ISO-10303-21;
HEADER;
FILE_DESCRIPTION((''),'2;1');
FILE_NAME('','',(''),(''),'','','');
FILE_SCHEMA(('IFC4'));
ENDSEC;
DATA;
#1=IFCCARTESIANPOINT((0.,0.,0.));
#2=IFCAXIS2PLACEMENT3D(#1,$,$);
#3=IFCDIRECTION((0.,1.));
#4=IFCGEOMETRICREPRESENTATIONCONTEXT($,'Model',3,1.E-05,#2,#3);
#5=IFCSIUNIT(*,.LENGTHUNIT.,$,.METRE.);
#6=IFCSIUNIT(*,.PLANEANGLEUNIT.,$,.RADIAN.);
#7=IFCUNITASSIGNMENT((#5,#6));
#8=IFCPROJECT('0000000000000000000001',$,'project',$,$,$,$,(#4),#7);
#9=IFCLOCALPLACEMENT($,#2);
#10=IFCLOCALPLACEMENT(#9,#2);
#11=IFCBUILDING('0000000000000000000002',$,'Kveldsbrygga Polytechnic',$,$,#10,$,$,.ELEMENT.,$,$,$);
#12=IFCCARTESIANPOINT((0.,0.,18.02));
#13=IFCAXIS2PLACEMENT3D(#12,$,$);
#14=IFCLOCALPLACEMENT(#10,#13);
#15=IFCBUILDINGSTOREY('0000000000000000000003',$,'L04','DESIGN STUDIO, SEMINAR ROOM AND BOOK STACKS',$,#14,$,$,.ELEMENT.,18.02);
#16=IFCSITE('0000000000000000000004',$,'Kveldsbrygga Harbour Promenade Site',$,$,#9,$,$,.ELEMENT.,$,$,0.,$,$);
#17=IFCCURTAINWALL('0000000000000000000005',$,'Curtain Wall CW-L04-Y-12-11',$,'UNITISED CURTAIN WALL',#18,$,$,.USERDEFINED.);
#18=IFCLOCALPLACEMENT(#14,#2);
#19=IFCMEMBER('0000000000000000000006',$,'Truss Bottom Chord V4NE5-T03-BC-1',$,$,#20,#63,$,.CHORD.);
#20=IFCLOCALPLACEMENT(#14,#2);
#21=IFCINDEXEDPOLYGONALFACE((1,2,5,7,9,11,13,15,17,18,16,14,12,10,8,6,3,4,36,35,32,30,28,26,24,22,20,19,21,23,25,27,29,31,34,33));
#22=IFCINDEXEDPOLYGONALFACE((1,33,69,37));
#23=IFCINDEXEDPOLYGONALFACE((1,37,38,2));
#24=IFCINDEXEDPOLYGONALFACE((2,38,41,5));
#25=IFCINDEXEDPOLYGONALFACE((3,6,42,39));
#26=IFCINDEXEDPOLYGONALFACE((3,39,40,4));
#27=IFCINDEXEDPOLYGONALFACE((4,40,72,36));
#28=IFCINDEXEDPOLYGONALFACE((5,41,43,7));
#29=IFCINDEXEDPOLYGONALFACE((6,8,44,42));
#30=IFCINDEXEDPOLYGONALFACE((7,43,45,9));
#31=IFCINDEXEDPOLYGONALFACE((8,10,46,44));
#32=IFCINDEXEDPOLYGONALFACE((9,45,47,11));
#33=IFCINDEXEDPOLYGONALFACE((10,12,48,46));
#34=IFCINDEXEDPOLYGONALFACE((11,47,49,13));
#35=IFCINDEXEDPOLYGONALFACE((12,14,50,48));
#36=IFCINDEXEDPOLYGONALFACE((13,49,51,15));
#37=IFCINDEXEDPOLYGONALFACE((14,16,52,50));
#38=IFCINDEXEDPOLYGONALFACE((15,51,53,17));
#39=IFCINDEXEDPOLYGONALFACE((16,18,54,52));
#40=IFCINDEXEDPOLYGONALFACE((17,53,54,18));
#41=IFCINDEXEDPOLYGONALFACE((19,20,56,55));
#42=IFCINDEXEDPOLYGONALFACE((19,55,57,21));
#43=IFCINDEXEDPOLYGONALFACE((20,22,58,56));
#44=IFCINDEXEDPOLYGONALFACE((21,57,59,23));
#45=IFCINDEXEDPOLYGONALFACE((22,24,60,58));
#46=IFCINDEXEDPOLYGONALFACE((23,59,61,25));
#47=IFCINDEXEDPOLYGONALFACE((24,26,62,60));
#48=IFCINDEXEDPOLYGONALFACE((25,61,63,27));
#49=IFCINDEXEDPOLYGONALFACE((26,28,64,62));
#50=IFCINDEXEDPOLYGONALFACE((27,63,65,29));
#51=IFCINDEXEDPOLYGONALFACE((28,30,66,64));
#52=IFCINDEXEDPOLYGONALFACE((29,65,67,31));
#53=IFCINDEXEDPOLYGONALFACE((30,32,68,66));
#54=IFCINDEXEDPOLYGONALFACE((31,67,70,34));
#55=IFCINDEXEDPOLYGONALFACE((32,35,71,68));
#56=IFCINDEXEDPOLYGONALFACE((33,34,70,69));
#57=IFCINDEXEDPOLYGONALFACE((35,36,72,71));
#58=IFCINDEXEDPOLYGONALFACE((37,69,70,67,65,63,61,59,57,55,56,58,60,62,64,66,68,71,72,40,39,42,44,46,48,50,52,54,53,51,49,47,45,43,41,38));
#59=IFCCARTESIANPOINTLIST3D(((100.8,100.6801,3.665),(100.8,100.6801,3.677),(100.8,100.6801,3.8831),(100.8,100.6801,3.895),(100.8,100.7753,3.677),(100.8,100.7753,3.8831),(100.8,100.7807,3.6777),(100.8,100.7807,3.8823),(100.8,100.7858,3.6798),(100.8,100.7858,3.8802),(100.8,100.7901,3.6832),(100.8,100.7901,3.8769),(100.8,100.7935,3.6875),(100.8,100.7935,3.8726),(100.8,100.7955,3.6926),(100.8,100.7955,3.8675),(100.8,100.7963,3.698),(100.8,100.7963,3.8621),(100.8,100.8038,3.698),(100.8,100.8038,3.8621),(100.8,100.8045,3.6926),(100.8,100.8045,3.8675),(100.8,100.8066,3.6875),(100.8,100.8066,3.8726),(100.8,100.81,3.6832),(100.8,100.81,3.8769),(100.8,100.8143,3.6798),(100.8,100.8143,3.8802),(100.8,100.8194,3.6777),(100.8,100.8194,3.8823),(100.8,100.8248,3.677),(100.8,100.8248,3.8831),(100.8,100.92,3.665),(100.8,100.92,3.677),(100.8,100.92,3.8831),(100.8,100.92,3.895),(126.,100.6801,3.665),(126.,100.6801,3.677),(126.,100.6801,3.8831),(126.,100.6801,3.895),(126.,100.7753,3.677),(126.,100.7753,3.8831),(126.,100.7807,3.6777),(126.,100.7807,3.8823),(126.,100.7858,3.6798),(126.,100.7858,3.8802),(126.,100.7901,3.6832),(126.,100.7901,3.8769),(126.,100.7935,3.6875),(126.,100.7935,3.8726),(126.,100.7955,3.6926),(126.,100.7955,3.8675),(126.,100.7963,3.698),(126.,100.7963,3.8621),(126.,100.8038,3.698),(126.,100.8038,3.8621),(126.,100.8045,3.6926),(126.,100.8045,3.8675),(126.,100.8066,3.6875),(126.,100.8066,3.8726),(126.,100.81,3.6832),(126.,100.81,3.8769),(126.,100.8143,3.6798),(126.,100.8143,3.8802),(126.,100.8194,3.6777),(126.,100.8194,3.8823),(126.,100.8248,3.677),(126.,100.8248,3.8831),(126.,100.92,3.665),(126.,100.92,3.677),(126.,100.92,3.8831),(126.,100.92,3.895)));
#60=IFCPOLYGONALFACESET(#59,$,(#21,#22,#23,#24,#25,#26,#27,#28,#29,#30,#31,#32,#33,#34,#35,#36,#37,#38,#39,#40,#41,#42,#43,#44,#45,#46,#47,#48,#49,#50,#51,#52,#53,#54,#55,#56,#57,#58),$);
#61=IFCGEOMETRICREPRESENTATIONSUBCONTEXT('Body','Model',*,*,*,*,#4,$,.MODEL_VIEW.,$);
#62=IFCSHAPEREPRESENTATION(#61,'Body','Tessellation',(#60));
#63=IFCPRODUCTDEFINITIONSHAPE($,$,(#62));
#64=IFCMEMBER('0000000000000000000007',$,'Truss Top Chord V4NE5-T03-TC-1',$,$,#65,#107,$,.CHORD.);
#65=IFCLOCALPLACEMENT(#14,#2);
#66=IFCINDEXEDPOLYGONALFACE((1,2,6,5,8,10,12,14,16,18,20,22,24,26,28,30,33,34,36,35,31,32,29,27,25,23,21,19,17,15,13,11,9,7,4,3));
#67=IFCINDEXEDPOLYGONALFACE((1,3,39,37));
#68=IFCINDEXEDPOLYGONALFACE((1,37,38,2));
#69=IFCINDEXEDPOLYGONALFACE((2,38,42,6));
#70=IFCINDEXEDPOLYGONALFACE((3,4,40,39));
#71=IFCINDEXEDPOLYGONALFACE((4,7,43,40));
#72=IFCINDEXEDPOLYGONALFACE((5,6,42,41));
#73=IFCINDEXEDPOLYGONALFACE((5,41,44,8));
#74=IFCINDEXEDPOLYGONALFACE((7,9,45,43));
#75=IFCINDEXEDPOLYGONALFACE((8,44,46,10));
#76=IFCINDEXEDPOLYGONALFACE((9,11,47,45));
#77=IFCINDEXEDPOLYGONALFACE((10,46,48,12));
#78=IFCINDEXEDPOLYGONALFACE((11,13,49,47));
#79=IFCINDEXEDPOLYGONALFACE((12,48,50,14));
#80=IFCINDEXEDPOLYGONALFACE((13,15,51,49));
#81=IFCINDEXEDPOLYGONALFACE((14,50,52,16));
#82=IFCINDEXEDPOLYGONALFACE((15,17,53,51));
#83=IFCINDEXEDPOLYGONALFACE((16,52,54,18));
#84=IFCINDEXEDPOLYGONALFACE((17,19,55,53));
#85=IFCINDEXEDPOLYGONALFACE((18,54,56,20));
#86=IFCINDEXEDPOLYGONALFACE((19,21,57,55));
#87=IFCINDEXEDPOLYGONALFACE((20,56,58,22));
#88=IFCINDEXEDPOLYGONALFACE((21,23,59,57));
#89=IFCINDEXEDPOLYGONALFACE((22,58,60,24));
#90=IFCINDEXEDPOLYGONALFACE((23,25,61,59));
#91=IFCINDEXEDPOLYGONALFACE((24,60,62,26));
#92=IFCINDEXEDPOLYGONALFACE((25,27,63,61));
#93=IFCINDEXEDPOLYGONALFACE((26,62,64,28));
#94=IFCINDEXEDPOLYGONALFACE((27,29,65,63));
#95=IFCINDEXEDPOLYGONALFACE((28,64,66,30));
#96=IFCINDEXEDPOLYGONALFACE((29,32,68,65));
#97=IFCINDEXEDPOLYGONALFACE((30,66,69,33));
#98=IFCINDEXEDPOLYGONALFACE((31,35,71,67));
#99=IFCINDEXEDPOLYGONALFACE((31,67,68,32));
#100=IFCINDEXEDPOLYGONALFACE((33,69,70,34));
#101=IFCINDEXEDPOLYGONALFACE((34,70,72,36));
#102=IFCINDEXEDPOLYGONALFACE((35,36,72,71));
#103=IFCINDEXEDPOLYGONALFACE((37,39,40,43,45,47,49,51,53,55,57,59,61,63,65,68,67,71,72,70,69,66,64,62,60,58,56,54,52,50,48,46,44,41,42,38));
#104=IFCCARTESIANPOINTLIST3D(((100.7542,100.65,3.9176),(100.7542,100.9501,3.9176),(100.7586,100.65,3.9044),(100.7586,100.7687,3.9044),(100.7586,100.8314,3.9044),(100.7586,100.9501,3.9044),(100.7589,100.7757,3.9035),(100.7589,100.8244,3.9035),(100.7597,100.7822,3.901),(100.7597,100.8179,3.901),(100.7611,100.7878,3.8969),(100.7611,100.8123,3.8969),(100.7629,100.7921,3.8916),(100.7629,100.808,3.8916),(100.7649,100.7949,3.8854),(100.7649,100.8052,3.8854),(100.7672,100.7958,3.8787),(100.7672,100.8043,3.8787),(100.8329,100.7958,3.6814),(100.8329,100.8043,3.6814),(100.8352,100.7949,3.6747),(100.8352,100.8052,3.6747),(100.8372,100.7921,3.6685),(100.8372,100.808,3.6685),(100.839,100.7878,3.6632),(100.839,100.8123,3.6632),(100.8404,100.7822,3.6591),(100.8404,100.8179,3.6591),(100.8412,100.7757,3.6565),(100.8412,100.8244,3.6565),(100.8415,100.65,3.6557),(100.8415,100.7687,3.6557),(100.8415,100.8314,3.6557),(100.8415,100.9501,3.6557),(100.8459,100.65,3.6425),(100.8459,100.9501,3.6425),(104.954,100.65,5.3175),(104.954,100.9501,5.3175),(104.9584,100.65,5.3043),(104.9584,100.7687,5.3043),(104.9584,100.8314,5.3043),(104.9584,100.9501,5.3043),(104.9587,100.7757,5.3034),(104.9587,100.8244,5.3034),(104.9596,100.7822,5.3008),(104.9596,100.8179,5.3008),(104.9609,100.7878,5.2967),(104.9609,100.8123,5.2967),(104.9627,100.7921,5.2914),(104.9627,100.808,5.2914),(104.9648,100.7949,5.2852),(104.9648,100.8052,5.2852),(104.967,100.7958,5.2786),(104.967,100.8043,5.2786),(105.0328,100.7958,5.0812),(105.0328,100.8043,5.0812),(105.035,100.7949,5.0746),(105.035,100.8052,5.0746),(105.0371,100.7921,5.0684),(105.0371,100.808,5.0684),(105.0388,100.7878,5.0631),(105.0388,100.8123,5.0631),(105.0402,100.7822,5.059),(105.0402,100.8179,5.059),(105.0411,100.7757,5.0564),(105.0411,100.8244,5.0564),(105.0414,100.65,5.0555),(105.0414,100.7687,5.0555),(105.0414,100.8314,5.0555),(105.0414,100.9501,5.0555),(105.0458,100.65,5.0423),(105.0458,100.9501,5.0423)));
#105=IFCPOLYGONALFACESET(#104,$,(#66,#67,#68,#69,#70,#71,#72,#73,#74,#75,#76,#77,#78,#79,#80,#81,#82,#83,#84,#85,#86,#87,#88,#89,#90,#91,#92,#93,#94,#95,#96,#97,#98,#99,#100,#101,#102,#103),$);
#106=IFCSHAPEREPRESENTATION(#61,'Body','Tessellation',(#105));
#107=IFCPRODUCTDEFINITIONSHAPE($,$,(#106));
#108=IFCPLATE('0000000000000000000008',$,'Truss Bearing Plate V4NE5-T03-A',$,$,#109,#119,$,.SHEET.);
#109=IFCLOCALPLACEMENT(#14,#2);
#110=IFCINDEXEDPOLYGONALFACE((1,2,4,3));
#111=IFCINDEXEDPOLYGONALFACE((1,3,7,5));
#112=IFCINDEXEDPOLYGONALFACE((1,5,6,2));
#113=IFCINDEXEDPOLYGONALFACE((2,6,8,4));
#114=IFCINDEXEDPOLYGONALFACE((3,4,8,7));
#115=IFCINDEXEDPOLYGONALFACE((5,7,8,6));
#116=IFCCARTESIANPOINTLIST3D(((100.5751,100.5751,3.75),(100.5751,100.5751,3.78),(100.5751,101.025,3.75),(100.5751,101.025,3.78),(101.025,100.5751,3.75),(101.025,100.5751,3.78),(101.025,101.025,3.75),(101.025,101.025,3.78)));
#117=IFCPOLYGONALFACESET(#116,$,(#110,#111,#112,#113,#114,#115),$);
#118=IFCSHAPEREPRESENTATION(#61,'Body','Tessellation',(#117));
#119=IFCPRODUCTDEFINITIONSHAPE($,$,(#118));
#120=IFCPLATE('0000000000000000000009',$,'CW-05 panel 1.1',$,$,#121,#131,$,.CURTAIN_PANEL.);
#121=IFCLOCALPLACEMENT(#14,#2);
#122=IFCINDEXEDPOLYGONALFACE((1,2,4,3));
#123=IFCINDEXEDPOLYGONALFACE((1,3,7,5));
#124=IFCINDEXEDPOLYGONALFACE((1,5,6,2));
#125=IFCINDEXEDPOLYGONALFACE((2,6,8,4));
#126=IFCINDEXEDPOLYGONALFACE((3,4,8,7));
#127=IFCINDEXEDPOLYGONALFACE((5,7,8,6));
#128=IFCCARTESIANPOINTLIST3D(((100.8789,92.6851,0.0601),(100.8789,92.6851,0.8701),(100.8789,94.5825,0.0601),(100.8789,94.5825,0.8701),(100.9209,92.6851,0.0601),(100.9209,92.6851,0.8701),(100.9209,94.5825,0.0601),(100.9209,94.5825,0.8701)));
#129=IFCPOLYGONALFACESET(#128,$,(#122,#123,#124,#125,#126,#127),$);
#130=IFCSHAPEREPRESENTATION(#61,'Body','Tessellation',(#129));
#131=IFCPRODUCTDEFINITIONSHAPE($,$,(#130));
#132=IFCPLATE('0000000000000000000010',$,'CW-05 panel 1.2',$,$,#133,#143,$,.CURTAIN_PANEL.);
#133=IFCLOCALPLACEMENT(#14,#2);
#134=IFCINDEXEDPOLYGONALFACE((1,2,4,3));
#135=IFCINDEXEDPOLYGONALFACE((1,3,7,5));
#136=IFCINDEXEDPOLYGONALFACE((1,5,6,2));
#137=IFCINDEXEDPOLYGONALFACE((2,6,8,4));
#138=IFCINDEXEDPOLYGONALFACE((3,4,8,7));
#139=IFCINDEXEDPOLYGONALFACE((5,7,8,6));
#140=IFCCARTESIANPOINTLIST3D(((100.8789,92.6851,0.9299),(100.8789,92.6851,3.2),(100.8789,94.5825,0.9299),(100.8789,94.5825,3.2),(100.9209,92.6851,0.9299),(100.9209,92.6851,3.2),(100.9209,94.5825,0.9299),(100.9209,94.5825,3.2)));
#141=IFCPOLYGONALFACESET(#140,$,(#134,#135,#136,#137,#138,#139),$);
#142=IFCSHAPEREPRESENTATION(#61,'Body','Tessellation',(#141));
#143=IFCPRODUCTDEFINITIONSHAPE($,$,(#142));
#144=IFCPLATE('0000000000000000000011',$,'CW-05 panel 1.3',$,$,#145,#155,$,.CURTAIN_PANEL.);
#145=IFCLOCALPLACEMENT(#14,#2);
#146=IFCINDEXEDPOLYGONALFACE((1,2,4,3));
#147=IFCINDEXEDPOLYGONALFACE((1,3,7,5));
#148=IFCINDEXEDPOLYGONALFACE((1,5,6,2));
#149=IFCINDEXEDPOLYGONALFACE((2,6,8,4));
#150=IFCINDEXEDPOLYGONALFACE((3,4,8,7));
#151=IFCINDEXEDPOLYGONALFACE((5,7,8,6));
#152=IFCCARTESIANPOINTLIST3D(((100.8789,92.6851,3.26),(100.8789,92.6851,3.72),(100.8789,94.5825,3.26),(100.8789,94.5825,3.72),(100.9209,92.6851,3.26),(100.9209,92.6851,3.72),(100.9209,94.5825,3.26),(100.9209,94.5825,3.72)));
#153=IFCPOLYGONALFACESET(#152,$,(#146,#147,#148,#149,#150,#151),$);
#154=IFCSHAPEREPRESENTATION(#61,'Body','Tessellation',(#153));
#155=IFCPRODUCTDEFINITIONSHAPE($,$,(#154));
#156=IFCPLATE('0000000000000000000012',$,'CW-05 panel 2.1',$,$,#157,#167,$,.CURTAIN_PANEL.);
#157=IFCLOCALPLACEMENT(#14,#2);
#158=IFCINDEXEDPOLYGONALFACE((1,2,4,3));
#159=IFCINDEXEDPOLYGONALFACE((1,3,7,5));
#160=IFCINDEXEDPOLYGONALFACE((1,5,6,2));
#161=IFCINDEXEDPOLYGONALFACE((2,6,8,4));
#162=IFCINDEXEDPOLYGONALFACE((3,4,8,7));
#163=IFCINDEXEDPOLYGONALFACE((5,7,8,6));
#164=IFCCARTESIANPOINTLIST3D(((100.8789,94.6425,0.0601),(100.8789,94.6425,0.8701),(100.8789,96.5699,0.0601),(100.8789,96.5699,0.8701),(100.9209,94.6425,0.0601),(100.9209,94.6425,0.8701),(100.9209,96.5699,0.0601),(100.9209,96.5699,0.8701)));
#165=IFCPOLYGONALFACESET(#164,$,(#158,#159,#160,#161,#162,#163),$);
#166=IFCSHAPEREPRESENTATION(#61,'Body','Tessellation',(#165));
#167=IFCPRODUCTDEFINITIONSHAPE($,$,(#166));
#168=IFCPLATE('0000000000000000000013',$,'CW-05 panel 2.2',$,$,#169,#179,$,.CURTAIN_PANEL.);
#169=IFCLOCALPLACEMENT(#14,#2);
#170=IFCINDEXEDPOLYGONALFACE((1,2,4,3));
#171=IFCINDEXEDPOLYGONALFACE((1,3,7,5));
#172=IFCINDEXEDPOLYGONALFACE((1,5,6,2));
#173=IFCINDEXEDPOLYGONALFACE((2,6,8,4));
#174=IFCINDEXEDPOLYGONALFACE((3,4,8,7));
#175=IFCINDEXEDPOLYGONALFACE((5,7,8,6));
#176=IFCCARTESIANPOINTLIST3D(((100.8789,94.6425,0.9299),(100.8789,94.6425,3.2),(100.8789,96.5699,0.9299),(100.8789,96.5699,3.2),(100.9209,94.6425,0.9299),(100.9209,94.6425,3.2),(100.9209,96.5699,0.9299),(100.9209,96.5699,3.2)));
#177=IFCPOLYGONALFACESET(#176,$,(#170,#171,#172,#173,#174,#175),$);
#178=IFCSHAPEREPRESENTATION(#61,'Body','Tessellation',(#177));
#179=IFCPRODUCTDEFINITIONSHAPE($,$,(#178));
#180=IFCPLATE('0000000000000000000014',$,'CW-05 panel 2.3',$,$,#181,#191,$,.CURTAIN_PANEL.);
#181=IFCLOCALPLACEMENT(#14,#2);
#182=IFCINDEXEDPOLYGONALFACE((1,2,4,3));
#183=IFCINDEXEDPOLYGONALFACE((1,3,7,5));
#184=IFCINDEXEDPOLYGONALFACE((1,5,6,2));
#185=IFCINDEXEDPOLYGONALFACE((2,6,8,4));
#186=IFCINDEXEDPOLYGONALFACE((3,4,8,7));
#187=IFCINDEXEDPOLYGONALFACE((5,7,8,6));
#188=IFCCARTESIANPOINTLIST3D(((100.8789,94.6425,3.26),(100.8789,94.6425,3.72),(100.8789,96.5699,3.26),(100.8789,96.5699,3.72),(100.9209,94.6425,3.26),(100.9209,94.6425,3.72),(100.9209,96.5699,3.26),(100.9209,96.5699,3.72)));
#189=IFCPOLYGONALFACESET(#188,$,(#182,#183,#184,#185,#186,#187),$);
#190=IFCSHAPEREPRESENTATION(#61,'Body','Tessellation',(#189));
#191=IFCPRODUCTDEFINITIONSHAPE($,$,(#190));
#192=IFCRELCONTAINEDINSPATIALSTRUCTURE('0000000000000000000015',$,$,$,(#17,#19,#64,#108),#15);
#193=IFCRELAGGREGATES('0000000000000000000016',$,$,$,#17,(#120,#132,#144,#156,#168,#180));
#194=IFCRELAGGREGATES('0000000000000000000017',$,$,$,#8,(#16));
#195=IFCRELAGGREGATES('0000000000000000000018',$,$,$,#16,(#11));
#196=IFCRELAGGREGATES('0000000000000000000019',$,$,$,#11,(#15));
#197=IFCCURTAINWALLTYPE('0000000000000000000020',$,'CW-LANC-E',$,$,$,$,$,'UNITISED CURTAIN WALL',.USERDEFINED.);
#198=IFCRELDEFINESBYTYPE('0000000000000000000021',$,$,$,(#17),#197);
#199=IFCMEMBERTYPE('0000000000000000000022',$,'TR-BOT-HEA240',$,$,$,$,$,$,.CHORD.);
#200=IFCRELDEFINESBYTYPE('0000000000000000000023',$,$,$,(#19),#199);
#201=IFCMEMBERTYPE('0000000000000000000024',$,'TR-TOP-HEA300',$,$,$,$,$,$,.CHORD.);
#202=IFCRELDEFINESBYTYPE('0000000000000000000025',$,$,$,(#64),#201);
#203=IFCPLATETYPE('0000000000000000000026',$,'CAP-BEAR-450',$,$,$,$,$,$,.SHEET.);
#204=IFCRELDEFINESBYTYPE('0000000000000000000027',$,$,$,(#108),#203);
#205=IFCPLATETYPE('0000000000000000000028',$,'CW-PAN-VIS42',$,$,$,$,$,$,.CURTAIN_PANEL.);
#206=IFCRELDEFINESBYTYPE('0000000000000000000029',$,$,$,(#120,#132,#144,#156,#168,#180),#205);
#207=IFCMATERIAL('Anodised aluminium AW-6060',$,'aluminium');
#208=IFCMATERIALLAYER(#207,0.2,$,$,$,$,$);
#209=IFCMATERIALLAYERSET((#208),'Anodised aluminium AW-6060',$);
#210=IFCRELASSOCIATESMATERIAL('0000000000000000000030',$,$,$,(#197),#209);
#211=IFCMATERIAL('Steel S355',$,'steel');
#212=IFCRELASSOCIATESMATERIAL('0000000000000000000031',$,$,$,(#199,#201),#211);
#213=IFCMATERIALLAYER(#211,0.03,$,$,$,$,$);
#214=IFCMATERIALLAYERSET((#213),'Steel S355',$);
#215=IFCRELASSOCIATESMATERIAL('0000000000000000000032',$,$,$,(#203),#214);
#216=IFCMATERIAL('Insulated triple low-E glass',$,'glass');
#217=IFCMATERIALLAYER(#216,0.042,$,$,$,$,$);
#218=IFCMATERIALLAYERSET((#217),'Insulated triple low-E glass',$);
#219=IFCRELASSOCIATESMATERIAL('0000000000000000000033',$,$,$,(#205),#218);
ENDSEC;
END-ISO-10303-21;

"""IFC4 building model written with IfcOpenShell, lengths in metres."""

from ifc_helpers import new_model, si_unit, direction, frame, origin, origin_2d, place, context, subcontext, project, spatial, rectangle, i_section, extrude, material, layer, layer_set, material_profile, profile_set, type_object, element, aggregate, save


model = new_model("IFC4")

# Units and contexts
model_context = context("Model", 3, precision=1e-05, world=origin(), true_north=direction((0.0, 1.0)))
body_context = subcontext(model_context, "Body", "Model", "MODEL_VIEW")
ifc_project = project(units=[si_unit("LENGTHUNIT", "METRE"), si_unit("PLANEANGLEUNIT", "RADIAN")], contexts=[model_context])

# Site, building, storey
site_placement = place(None, origin())
site = spatial("IfcSite", under=ifc_project, at=site_placement, Name="Kveldsbrygga Harbour Promenade Site", CompositionType="ELEMENT", RefElevation=0.0)
building_placement = place(site_placement, origin())
building = spatial("IfcBuilding", under=site, at=building_placement, Name="Kveldsbrygga Polytechnic", CompositionType="ELEMENT")
storey_placement = place(building_placement, frame((0.0, 0.0, 18.02)))
storey = spatial("IfcBuildingStorey", under=building, at=storey_placement, Name="L04", Description="DESIGN STUDIO, SEMINAR ROOM AND BOOK STACKS", CompositionType="ELEMENT", Elevation=18.02)

# Curtain wall
ifc_material_1 = material(Name="Anodised aluminium AW-6060", Category="aluminium")
ifc_layer_1 = layer(ifc_material_1, 0.2)
ifc_layer_set_1 = layer_set([ifc_layer_1], Name="Anodised aluminium AW-6060")
curtain_wall_type = type_object("IfcCurtainWallType", Name="CW-LANC-E", ElementType="UNITISED CURTAIN WALL", PredefinedType="USERDEFINED", material=ifc_layer_set_1)
curtain_wall_placement = place(storey_placement, origin())
curtain_wall = element("IfcCurtainWall", 1, at=curtain_wall_placement, inside=storey, type_object=curtain_wall_type, Name="Curtain Wall CW-L04-Y-12-11", ObjectType="UNITISED CURTAIN WALL", PredefinedType="USERDEFINED")

# Members
ifc_material_2 = material(Name="Steel S355", Category="steel")
ifc_material_profile_1 = material_profile(ifc_material_2, i_section(OverallWidth=0.24, OverallDepth=0.23, WebThickness=0.0076, FlangeThickness=0.012, FilletRadius=0.021, at=origin_2d()), Name="HEA 240")
ifc_profile_set_1 = profile_set([ifc_material_profile_1], Name="Steel S355")
member_type_1 = type_object("IfcMemberType", Name="TR-BOT-HEA240", PredefinedType="CHORD", material=ifc_profile_set_1)
member_1_placement = place(storey_placement, frame((100.8, 100.8, 3.78), z_axis=(1.0, 0.0, 0.0), x_axis=(0.0, 1.0, 0.0)))
element("IfcMember", 2, at=member_1_placement, inside=storey, type_object=member_type_1, Name="Truss Bottom Chord V4NE5-T03-BC-1", PredefinedType="CHORD", context=body_context, shape_type="SweptSolid", body=[
    extrude(i_section(OverallWidth=0.24, OverallDepth=0.23, WebThickness=0.0076, FlangeThickness=0.012, FilletRadius=0.021, at=origin_2d()), origin(), (0.0, 0.0, 1.0), 25.2),
])
ifc_material_profile_2 = material_profile(ifc_material_2, i_section(OverallWidth=0.3, OverallDepth=0.29, WebThickness=0.0085, FlangeThickness=0.0139, FilletRadius=0.0271, at=origin_2d()), Name="HEA 300")
ifc_profile_set_2 = profile_set([ifc_material_profile_2], Name="Steel S355")
member_type_2 = type_object("IfcMemberType", Name="TR-TOP-HEA300", PredefinedType="CHORD", material=ifc_profile_set_2)
member_2_placement = place(storey_placement, frame((100.8, 100.8, 3.78), z_axis=(0.948689, 0.0, 0.316211), x_axis=(0.0, 1.0, 0.0)))
element("IfcMember", 3, at=member_2_placement, inside=storey, type_object=member_type_2, Name="Truss Top Chord V4NE5-T03-TC-1", PredefinedType="CHORD", context=body_context, shape_type="SweptSolid", body=[
    extrude(i_section(OverallWidth=0.3, OverallDepth=0.29, WebThickness=0.0085, FlangeThickness=0.0139, FilletRadius=0.0271, at=origin_2d()), origin(), (0.0, 0.0, 1.0), 4.427),
])

# Plates
ifc_layer_2 = layer(ifc_material_2, 0.03)
ifc_layer_set_2 = layer_set([ifc_layer_2], Name="Steel S355")
plate_type_1 = type_object("IfcPlateType", Name="CAP-BEAR-450", PredefinedType="SHEET", material=ifc_layer_set_2)
plate_1_placement = place(storey_placement, frame((100.8, 100.8, 3.75), z_axis=(0.0, 0.0, 1.0), x_axis=(1.0, 0.0, 0.0)))
element("IfcPlate", 4, at=plate_1_placement, inside=storey, type_object=plate_type_1, Name="Truss Bearing Plate V4NE5-T03-A", PredefinedType="SHEET", context=body_context, shape_type="SweptSolid", body=[
    extrude(rectangle(XDim=0.45, YDim=0.45, at=origin_2d()), origin(), (0.0, 0.0, 1.0), 0.03),
])
ifc_material_3 = material(Name="Insulated triple low-E glass", Category="glass")
ifc_layer_3 = layer(ifc_material_3, 0.042)
ifc_layer_set_3 = layer_set([ifc_layer_3], Name="Insulated triple low-E glass")
plate_type_2 = type_object("IfcPlateType", Name="CW-PAN-VIS42", PredefinedType="CURTAIN_PANEL", material=ifc_layer_set_3)
plate_2_placement = place(storey_placement, frame((100.8999, 93.6338, 0.0601), z_axis=(0.0, 0.0, 1.0), x_axis=(0.0, 1.0, 0.0)))
plate_2 = element("IfcPlate", 5, at=plate_2_placement, type_object=plate_type_2, Name="CW-05 panel 1.1", PredefinedType="CURTAIN_PANEL", context=body_context, shape_type="SweptSolid", body=[
    extrude(rectangle(XDim=1.8975, YDim=0.042, at=origin_2d()), origin(), (0.0, 0.0, 1.0), 0.8101),
])
plate_3_placement = place(storey_placement, frame((100.8999, 93.6338, 0.9299), z_axis=(0.0, 0.0, 1.0), x_axis=(0.0, 1.0, 0.0)))
plate_3 = element("IfcPlate", 6, at=plate_3_placement, type_object=plate_type_2, Name="CW-05 panel 1.2", PredefinedType="CURTAIN_PANEL", context=body_context, shape_type="SweptSolid", body=[
    extrude(rectangle(XDim=1.8975, YDim=0.042, at=origin_2d()), origin(), (0.0, 0.0, 1.0), 2.27),
])
plate_4_placement = place(storey_placement, frame((100.8999, 93.6338, 3.26), z_axis=(0.0, 0.0, 1.0), x_axis=(0.0, 1.0, 0.0)))
plate_4 = element("IfcPlate", 7, at=plate_4_placement, type_object=plate_type_2, Name="CW-05 panel 1.3", PredefinedType="CURTAIN_PANEL", context=body_context, shape_type="SweptSolid", body=[
    extrude(rectangle(XDim=1.8975, YDim=0.042, at=origin_2d()), origin(), (0.0, 0.0, 1.0), 0.46),
])
plate_5_placement = place(storey_placement, frame((100.8999, 95.6062, 0.0601), z_axis=(0.0, 0.0, 1.0), x_axis=(0.0, 1.0, 0.0)))
plate_5 = element("IfcPlate", 8, at=plate_5_placement, type_object=plate_type_2, Name="CW-05 panel 2.1", PredefinedType="CURTAIN_PANEL", context=body_context, shape_type="SweptSolid", body=[
    extrude(rectangle(XDim=1.9275, YDim=0.042, at=origin_2d()), origin(), (0.0, 0.0, 1.0), 0.8101),
])
plate_6_placement = place(storey_placement, frame((100.8999, 95.6062, 0.9299), z_axis=(0.0, 0.0, 1.0), x_axis=(0.0, 1.0, 0.0)))
plate_6 = element("IfcPlate", 9, at=plate_6_placement, type_object=plate_type_2, Name="CW-05 panel 2.2", PredefinedType="CURTAIN_PANEL", context=body_context, shape_type="SweptSolid", body=[
    extrude(rectangle(XDim=1.9275, YDim=0.042, at=origin_2d()), origin(), (0.0, 0.0, 1.0), 2.27),
])
plate_7_placement = place(storey_placement, frame((100.8999, 95.6062, 3.26), z_axis=(0.0, 0.0, 1.0), x_axis=(0.0, 1.0, 0.0)))
plate_7 = element("IfcPlate", 10, at=plate_7_placement, type_object=plate_type_2, Name="CW-05 panel 2.3", PredefinedType="CURTAIN_PANEL", context=body_context, shape_type="SweptSolid", body=[
    extrude(rectangle(XDim=1.9275, YDim=0.042, at=origin_2d()), origin(), (0.0, 0.0, 1.0), 0.46),
])
aggregate(curtain_wall, [plate_2, plate_3, plate_4, plate_5, plate_6, plate_7])

save(model, "model.ifc")
